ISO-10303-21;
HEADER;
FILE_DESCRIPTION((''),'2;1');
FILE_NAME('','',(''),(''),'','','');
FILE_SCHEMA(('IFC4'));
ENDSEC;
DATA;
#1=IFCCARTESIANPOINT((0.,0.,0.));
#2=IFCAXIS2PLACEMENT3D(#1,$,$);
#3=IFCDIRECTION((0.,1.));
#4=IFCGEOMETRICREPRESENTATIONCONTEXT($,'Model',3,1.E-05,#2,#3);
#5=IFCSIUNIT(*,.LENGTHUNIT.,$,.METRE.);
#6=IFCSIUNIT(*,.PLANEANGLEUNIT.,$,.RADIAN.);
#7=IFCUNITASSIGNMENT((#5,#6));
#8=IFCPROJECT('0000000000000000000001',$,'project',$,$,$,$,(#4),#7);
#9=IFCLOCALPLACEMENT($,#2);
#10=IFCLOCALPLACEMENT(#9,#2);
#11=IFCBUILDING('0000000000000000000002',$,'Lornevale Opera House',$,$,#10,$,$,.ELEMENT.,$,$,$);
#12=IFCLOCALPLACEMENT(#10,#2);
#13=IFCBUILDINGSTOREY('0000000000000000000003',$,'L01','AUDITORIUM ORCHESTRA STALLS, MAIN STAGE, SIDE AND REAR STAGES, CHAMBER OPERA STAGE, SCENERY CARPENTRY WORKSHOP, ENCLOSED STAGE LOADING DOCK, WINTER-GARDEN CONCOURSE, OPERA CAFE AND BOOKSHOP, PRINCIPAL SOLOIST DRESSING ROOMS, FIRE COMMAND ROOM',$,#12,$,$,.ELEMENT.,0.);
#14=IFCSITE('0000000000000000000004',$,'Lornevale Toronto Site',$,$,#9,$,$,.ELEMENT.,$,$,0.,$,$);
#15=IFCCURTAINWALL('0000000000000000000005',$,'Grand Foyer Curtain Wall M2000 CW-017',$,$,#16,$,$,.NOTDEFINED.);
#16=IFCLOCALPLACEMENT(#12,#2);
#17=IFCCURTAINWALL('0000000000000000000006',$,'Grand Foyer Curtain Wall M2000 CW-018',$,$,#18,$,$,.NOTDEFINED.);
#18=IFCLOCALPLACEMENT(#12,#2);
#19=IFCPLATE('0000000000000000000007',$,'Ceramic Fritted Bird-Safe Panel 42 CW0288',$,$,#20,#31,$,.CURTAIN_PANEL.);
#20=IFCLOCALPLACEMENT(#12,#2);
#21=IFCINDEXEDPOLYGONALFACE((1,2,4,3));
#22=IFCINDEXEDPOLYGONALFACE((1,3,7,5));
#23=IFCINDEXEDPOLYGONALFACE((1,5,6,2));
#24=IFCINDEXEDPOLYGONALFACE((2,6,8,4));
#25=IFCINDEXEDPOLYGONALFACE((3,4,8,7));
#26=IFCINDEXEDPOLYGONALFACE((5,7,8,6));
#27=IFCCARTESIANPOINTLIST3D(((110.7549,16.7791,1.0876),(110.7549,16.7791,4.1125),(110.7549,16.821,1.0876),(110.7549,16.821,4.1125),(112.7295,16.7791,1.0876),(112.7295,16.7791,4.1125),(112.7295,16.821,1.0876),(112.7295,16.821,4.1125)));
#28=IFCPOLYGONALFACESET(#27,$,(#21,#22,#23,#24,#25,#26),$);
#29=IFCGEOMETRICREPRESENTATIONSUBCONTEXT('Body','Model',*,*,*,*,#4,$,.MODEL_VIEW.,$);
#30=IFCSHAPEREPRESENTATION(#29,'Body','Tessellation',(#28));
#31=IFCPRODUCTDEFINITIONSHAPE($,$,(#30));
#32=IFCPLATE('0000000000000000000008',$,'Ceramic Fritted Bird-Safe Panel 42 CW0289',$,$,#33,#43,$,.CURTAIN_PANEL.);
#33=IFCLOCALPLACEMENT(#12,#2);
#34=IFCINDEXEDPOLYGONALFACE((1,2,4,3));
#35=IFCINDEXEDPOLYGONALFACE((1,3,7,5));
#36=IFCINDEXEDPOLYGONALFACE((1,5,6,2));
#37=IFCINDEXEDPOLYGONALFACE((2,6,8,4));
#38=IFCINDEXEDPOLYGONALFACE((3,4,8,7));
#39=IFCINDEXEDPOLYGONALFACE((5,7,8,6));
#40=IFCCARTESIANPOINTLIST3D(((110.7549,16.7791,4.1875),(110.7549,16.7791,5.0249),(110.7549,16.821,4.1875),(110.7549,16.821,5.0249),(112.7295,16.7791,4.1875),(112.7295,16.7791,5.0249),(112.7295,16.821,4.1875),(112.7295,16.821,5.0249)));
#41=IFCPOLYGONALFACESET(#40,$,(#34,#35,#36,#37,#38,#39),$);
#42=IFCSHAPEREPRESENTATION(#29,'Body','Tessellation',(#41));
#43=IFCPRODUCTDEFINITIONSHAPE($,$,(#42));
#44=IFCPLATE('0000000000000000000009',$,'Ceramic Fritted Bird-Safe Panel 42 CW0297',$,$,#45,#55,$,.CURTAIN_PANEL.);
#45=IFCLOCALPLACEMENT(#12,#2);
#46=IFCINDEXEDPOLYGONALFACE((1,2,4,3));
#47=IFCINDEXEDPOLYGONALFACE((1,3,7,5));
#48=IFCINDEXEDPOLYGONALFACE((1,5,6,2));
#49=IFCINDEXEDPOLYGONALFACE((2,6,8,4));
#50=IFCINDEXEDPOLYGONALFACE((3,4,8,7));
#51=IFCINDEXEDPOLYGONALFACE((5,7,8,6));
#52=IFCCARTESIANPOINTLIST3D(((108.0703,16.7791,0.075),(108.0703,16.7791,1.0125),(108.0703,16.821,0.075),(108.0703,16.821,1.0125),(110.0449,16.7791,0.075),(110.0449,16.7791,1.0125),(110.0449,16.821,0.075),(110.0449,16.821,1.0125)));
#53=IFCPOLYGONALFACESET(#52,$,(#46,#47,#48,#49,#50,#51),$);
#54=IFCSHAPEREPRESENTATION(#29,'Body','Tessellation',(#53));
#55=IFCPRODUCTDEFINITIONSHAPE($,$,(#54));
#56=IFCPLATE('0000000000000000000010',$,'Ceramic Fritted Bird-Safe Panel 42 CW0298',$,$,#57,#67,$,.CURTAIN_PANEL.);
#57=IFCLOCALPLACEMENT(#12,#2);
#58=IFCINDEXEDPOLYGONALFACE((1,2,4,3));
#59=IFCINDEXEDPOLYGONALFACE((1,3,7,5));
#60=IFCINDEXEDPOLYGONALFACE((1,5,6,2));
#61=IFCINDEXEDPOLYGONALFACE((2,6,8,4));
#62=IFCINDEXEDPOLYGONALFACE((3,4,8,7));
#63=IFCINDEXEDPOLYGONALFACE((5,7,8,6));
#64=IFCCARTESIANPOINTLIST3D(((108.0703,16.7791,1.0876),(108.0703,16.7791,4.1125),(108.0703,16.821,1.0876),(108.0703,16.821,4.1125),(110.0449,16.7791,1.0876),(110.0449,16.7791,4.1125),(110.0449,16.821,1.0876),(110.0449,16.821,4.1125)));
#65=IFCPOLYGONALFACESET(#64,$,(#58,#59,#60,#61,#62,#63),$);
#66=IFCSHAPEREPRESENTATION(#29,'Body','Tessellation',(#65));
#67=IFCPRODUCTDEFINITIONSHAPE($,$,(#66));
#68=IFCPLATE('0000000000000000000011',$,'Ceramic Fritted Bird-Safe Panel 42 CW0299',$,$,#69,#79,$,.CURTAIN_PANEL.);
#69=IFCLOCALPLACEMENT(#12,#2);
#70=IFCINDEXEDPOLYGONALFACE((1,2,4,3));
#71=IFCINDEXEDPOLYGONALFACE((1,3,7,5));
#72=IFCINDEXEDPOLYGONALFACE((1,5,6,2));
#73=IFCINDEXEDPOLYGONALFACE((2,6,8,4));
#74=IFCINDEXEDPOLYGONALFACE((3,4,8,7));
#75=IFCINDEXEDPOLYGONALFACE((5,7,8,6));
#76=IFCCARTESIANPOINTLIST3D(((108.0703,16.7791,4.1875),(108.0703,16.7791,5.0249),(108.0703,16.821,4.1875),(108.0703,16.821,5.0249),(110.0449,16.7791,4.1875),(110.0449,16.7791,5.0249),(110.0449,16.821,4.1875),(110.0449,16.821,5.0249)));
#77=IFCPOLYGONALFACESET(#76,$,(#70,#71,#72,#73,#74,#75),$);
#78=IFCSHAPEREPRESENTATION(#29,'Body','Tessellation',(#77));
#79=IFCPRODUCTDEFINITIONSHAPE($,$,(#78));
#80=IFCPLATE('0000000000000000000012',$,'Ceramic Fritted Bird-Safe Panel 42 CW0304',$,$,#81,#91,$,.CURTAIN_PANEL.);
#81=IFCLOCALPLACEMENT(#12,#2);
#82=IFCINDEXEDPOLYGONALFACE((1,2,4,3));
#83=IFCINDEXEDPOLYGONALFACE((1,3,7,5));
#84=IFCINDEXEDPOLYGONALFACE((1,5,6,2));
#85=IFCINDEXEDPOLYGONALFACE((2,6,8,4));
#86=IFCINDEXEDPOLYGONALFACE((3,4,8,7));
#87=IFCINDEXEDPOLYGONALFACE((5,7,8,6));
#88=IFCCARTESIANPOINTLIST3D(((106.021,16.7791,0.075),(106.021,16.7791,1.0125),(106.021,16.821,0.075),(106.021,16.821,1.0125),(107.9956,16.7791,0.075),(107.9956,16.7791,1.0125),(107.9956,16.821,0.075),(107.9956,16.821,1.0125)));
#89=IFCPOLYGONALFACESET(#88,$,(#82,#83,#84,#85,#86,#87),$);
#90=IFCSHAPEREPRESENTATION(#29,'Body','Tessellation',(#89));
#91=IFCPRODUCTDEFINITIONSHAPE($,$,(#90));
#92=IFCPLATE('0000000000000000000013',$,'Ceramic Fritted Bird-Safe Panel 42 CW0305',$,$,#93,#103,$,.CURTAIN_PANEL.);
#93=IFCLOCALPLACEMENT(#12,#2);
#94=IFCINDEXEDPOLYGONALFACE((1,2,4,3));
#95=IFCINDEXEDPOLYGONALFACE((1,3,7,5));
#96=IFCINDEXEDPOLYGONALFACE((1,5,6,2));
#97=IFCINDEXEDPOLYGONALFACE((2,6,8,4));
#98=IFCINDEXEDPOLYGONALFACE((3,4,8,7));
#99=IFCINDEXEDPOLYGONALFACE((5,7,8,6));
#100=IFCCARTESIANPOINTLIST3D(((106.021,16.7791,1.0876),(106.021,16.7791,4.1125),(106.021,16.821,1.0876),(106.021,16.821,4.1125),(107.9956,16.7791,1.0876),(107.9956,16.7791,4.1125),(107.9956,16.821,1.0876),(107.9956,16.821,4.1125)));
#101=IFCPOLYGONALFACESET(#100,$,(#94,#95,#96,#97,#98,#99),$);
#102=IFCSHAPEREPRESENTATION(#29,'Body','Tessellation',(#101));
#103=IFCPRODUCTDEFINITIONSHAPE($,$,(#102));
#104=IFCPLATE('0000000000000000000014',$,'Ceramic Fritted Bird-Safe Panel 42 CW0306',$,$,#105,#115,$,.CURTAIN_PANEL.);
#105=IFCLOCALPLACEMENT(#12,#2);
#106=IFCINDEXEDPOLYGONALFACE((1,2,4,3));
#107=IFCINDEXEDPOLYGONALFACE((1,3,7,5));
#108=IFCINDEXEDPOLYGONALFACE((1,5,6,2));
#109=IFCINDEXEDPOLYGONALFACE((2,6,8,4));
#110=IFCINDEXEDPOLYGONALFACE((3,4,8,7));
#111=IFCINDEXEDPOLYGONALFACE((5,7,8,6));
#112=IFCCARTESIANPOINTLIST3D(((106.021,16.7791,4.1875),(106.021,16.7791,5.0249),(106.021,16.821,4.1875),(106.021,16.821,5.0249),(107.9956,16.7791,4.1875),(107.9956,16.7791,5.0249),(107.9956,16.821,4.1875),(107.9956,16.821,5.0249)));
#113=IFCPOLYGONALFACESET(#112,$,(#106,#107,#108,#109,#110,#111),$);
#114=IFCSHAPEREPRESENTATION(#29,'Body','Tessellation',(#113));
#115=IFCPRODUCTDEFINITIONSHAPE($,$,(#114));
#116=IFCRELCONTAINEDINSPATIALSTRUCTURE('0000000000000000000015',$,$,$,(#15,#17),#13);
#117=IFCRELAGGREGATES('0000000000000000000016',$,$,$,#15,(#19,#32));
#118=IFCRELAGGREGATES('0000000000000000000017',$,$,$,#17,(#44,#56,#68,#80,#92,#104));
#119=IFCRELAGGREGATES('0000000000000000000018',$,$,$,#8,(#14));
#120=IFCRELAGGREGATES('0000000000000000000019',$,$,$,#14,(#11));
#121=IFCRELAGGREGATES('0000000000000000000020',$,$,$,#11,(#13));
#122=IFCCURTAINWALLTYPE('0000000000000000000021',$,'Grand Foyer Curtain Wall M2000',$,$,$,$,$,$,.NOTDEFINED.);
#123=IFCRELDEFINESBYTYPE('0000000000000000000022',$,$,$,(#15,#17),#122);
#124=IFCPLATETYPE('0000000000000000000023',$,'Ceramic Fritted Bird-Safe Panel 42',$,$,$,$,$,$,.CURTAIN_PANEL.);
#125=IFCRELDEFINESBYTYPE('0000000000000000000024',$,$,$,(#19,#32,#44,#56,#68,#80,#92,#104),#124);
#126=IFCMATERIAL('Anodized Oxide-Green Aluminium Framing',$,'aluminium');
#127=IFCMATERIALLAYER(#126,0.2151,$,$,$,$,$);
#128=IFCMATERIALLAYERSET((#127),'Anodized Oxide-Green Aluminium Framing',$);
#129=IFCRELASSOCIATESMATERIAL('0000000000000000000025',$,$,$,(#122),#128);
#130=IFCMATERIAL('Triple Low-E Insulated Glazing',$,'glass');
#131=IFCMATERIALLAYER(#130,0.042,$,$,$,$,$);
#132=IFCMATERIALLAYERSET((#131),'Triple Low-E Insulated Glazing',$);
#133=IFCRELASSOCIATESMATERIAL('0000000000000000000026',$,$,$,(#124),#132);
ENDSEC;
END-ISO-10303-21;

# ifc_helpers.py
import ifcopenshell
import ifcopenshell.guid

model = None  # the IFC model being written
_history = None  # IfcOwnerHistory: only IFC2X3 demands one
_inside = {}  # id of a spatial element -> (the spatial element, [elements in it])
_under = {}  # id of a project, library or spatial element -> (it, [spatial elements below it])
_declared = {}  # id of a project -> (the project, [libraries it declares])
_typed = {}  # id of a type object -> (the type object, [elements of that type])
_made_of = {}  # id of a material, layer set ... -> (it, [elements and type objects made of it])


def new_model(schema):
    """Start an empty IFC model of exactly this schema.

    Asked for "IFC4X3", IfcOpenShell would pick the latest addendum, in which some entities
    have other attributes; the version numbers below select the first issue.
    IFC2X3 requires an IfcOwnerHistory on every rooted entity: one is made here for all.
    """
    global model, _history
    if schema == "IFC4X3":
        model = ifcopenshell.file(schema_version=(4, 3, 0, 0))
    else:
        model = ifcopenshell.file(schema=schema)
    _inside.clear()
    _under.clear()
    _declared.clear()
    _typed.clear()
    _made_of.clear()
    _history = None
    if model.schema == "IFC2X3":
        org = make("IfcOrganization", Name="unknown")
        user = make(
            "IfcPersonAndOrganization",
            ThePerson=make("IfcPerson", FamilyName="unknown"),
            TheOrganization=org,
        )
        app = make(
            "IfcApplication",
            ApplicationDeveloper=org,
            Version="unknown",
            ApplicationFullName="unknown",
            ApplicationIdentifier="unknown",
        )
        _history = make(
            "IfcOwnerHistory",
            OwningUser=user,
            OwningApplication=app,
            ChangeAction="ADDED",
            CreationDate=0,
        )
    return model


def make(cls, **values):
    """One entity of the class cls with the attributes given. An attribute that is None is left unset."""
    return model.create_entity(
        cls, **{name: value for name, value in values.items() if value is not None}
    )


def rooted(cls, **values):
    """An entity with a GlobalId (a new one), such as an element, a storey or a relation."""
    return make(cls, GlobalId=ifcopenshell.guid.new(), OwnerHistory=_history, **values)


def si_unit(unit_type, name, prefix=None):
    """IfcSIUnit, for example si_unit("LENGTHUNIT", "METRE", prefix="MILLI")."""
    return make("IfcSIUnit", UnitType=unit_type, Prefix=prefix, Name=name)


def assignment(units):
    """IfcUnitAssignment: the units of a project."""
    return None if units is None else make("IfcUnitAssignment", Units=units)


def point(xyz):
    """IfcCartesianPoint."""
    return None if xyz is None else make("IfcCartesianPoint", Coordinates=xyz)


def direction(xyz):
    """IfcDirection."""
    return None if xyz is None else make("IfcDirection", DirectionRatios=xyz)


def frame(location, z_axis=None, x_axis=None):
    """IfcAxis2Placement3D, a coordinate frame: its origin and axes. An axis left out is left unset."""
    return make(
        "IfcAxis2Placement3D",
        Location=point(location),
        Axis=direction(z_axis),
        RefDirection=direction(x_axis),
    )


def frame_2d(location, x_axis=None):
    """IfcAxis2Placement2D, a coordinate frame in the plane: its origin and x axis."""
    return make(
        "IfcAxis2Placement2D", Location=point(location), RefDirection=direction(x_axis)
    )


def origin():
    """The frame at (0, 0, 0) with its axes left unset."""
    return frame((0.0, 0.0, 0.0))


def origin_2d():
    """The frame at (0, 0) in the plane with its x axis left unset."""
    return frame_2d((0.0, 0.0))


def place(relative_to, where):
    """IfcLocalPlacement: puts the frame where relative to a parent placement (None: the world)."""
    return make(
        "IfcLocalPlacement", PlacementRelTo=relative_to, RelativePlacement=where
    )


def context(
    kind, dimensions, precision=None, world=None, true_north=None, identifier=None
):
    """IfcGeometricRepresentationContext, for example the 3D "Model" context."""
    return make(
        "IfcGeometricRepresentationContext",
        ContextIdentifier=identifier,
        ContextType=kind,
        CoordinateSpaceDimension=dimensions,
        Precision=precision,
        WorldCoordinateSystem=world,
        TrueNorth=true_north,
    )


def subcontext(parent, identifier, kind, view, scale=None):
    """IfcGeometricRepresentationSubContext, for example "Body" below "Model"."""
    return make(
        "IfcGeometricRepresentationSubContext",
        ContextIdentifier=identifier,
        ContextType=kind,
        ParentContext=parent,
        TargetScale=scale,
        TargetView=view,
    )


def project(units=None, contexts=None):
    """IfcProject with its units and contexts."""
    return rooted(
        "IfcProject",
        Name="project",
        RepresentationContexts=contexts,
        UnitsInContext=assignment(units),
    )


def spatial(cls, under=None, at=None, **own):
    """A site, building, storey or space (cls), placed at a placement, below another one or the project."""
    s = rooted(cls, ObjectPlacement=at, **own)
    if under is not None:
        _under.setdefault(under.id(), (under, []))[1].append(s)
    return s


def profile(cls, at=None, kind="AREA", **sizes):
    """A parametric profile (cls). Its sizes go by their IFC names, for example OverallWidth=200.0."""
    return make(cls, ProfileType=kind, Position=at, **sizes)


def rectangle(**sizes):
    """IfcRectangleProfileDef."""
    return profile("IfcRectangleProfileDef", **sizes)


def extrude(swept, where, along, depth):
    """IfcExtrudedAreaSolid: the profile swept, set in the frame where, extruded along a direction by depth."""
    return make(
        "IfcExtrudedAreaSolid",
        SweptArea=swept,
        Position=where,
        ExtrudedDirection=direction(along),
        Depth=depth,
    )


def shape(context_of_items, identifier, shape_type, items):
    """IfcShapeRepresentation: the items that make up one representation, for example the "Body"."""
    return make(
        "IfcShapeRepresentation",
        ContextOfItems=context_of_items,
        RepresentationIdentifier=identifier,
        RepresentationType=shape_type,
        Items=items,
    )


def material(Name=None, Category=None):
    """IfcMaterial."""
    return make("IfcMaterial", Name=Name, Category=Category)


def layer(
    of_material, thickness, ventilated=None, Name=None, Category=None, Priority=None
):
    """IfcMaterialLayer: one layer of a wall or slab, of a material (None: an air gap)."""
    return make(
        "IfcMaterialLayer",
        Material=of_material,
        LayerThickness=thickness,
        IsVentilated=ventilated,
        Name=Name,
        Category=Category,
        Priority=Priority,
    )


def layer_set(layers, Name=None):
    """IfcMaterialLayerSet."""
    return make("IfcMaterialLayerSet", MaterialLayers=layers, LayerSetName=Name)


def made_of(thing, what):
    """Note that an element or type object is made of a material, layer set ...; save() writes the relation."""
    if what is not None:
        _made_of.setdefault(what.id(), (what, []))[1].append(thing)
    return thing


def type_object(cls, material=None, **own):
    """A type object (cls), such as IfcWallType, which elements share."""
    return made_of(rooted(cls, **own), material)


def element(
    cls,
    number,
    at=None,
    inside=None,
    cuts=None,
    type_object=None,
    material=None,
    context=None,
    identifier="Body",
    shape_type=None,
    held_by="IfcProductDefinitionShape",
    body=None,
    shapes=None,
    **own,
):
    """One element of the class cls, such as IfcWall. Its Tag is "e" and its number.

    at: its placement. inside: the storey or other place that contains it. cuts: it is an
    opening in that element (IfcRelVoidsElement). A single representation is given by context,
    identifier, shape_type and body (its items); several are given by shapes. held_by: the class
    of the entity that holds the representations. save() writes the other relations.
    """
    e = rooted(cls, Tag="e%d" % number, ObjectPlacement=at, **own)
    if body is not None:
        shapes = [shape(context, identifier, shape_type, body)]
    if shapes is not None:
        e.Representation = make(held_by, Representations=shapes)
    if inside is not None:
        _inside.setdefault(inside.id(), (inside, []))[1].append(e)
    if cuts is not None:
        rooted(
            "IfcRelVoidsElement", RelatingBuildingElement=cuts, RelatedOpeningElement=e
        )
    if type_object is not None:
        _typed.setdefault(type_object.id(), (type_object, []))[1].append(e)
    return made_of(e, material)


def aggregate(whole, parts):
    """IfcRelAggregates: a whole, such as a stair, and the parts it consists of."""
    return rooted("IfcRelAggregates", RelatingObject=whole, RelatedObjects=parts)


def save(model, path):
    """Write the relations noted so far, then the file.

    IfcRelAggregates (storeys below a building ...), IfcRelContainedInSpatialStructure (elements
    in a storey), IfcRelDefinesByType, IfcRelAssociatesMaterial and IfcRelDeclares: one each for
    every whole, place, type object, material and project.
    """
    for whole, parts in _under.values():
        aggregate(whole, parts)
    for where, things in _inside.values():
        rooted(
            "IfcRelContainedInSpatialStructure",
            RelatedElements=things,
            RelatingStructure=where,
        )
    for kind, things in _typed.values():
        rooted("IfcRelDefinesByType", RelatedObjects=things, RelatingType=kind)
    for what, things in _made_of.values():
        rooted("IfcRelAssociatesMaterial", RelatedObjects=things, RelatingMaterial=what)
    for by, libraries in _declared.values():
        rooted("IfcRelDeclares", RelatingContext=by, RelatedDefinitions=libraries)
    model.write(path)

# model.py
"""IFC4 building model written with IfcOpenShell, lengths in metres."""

from ifc_helpers import new_model, si_unit, direction, frame, origin, origin_2d, place, context, subcontext, project, spatial, rectangle, extrude, material, layer, layer_set, type_object, element, aggregate, save


model = new_model("IFC4")

# Units and contexts
model_context = context("Model", 3, precision=1e-05, world=origin(), true_north=direction((0.0, 1.0)))
body_context = subcontext(model_context, "Body", "Model", "MODEL_VIEW")
ifc_project = project(units=[si_unit("LENGTHUNIT", "METRE"), si_unit("PLANEANGLEUNIT", "RADIAN")], contexts=[model_context])

# Site, building, storey
site_placement = place(None, origin())
site = spatial("IfcSite", under=ifc_project, at=site_placement, Name="Lornevale Toronto Site", CompositionType="ELEMENT", RefElevation=0.0)
building_placement = place(site_placement, origin())
building = spatial("IfcBuilding", under=site, at=building_placement, Name="Lornevale Opera House", CompositionType="ELEMENT")
storey_placement = place(building_placement, origin())
storey = spatial("IfcBuildingStorey", under=building, at=storey_placement, Name="L01", Description="AUDITORIUM ORCHESTRA STALLS, MAIN STAGE, SIDE AND REAR STAGES, CHAMBER OPERA STAGE, SCENERY CARPENTRY WORKSHOP, ENCLOSED STAGE LOADING DOCK, WINTER-GARDEN CONCOURSE, OPERA CAFE AND BOOKSHOP, PRINCIPAL SOLOIST DRESSING ROOMS, FIRE COMMAND ROOM", CompositionType="ELEMENT", Elevation=0.0)

# Curtain wall
ifc_material_1 = material(Name="Anodized Oxide-Green Aluminium Framing", Category="aluminium")
ifc_layer_1 = layer(ifc_material_1, 0.2151)
ifc_layer_set_1 = layer_set([ifc_layer_1], Name="Anodized Oxide-Green Aluminium Framing")
curtain_wall_type = type_object("IfcCurtainWallType", Name="Grand Foyer Curtain Wall M2000", PredefinedType="NOTDEFINED", material=ifc_layer_set_1)
curtain_wall_1_placement = place(storey_placement, origin())
curtain_wall_1 = element("IfcCurtainWall", 1, at=curtain_wall_1_placement, inside=storey, type_object=curtain_wall_type, Name="Grand Foyer Curtain Wall M2000 CW-017", PredefinedType="NOTDEFINED")

# Curtain wall
curtain_wall_2_placement = place(storey_placement, origin())
curtain_wall_2 = element("IfcCurtainWall", 2, at=curtain_wall_2_placement, inside=storey, type_object=curtain_wall_type, Name="Grand Foyer Curtain Wall M2000 CW-018", PredefinedType="NOTDEFINED")

# Plates
ifc_material_2 = material(Name="Triple Low-E Insulated Glazing", Category="glass")
ifc_layer_2 = layer(ifc_material_2, 0.042)
ifc_layer_set_2 = layer_set([ifc_layer_2], Name="Triple Low-E Insulated Glazing")
plate_type = type_object("IfcPlateType", Name="Ceramic Fritted Bird-Safe Panel 42", PredefinedType="CURTAIN_PANEL", material=ifc_layer_set_2)
plate_1_placement = place(storey_placement, frame((111.7422, 16.8, 1.0876), z_axis=(0.0, 0.0, 1.0), x_axis=(-1.0, 0.0, 0.0)))
plate_1 = element("IfcPlate", 3, at=plate_1_placement, type_object=plate_type, Name="Ceramic Fritted Bird-Safe Panel 42 CW0288", PredefinedType="CURTAIN_PANEL", context=body_context, shape_type="SweptSolid", body=[
    extrude(rectangle(XDim=1.9746, YDim=0.042, at=origin_2d()), origin(), (0.0, 0.0, 1.0), 3.0249),
])
plate_2_placement = place(storey_placement, frame((111.7422, 16.8, 4.1875), z_axis=(0.0, 0.0, 1.0), x_axis=(-1.0, 0.0, 0.0)))
plate_2 = element("IfcPlate", 4, at=plate_2_placement, type_object=plate_type, Name="Ceramic Fritted Bird-Safe Panel 42 CW0289", PredefinedType="CURTAIN_PANEL", context=body_context, shape_type="SweptSolid", body=[
    extrude(rectangle(XDim=1.9746, YDim=0.042, at=origin_2d()), origin(), (0.0, 0.0, 1.0), 0.8374),
])
aggregate(curtain_wall_1, [plate_1, plate_2])
plate_3_placement = place(storey_placement, frame((109.0576, 16.8, 0.075), z_axis=(0.0, 0.0, 1.0), x_axis=(-1.0, 0.0, 0.0)))
plate_3 = element("IfcPlate", 5, at=plate_3_placement, type_object=plate_type, Name="Ceramic Fritted Bird-Safe Panel 42 CW0297", PredefinedType="CURTAIN_PANEL", context=body_context, shape_type="SweptSolid", body=[
    extrude(rectangle(XDim=1.9746, YDim=0.042, at=origin_2d()), origin(), (0.0, 0.0, 1.0), 0.9375),
])
plate_4_placement = place(storey_placement, frame((109.0576, 16.8, 1.0876), z_axis=(0.0, 0.0, 1.0), x_axis=(-1.0, 0.0, 0.0)))
plate_4 = element("IfcPlate", 6, at=plate_4_placement, type_object=plate_type, Name="Ceramic Fritted Bird-Safe Panel 42 CW0298", PredefinedType="CURTAIN_PANEL", context=body_context, shape_type="SweptSolid", body=[
    extrude(rectangle(XDim=1.9746, YDim=0.042, at=origin_2d()), origin(), (0.0, 0.0, 1.0), 3.0249),
])
plate_5_placement = place(storey_placement, frame((109.0576, 16.8, 4.1875), z_axis=(0.0, 0.0, 1.0), x_axis=(-1.0, 0.0, 0.0)))
plate_5 = element("IfcPlate", 7, at=plate_5_placement, type_object=plate_type, Name="Ceramic Fritted Bird-Safe Panel 42 CW0299", PredefinedType="CURTAIN_PANEL", context=body_context, shape_type="SweptSolid", body=[
    extrude(rectangle(XDim=1.9746, YDim=0.042, at=origin_2d()), origin(), (0.0, 0.0, 1.0), 0.8374),
])
plate_6_placement = place(storey_placement, frame((107.0083, 16.8, 0.075), z_axis=(0.0, 0.0, 1.0), x_axis=(-1.0, 0.0, 0.0)))
plate_6 = element("IfcPlate", 8, at=plate_6_placement, type_object=plate_type, Name="Ceramic Fritted Bird-Safe Panel 42 CW0304", PredefinedType="CURTAIN_PANEL", context=body_context, shape_type="SweptSolid", body=[
    extrude(rectangle(XDim=1.9746, YDim=0.042, at=origin_2d()), origin(), (0.0, 0.0, 1.0), 0.9375),
])
plate_7_placement = place(storey_placement, frame((107.0083, 16.8, 1.0876), z_axis=(0.0, 0.0, 1.0), x_axis=(-1.0, 0.0, 0.0)))
plate_7 = element("IfcPlate", 9, at=plate_7_placement, type_object=plate_type, Name="Ceramic Fritted Bird-Safe Panel 42 CW0305", PredefinedType="CURTAIN_PANEL", context=body_context, shape_type="SweptSolid", body=[
    extrude(rectangle(XDim=1.9746, YDim=0.042, at=origin_2d()), origin(), (0.0, 0.0, 1.0), 3.0249),
])
plate_8_placement = place(storey_placement, frame((107.0083, 16.8, 4.1875), z_axis=(0.0, 0.0, 1.0), x_axis=(-1.0, 0.0, 0.0)))
plate_8 = element("IfcPlate", 10, at=plate_8_placement, type_object=plate_type, Name="Ceramic Fritted Bird-Safe Panel 42 CW0306", PredefinedType="CURTAIN_PANEL", context=body_context, shape_type="SweptSolid", body=[
    extrude(rectangle(XDim=1.9746, YDim=0.042, at=origin_2d()), origin(), (0.0, 0.0, 1.0), 0.8374),
])
aggregate(curtain_wall_2, [plate_3, plate_4, plate_5, plate_6, plate_7, plate_8])

save(model, "model.ifc")
